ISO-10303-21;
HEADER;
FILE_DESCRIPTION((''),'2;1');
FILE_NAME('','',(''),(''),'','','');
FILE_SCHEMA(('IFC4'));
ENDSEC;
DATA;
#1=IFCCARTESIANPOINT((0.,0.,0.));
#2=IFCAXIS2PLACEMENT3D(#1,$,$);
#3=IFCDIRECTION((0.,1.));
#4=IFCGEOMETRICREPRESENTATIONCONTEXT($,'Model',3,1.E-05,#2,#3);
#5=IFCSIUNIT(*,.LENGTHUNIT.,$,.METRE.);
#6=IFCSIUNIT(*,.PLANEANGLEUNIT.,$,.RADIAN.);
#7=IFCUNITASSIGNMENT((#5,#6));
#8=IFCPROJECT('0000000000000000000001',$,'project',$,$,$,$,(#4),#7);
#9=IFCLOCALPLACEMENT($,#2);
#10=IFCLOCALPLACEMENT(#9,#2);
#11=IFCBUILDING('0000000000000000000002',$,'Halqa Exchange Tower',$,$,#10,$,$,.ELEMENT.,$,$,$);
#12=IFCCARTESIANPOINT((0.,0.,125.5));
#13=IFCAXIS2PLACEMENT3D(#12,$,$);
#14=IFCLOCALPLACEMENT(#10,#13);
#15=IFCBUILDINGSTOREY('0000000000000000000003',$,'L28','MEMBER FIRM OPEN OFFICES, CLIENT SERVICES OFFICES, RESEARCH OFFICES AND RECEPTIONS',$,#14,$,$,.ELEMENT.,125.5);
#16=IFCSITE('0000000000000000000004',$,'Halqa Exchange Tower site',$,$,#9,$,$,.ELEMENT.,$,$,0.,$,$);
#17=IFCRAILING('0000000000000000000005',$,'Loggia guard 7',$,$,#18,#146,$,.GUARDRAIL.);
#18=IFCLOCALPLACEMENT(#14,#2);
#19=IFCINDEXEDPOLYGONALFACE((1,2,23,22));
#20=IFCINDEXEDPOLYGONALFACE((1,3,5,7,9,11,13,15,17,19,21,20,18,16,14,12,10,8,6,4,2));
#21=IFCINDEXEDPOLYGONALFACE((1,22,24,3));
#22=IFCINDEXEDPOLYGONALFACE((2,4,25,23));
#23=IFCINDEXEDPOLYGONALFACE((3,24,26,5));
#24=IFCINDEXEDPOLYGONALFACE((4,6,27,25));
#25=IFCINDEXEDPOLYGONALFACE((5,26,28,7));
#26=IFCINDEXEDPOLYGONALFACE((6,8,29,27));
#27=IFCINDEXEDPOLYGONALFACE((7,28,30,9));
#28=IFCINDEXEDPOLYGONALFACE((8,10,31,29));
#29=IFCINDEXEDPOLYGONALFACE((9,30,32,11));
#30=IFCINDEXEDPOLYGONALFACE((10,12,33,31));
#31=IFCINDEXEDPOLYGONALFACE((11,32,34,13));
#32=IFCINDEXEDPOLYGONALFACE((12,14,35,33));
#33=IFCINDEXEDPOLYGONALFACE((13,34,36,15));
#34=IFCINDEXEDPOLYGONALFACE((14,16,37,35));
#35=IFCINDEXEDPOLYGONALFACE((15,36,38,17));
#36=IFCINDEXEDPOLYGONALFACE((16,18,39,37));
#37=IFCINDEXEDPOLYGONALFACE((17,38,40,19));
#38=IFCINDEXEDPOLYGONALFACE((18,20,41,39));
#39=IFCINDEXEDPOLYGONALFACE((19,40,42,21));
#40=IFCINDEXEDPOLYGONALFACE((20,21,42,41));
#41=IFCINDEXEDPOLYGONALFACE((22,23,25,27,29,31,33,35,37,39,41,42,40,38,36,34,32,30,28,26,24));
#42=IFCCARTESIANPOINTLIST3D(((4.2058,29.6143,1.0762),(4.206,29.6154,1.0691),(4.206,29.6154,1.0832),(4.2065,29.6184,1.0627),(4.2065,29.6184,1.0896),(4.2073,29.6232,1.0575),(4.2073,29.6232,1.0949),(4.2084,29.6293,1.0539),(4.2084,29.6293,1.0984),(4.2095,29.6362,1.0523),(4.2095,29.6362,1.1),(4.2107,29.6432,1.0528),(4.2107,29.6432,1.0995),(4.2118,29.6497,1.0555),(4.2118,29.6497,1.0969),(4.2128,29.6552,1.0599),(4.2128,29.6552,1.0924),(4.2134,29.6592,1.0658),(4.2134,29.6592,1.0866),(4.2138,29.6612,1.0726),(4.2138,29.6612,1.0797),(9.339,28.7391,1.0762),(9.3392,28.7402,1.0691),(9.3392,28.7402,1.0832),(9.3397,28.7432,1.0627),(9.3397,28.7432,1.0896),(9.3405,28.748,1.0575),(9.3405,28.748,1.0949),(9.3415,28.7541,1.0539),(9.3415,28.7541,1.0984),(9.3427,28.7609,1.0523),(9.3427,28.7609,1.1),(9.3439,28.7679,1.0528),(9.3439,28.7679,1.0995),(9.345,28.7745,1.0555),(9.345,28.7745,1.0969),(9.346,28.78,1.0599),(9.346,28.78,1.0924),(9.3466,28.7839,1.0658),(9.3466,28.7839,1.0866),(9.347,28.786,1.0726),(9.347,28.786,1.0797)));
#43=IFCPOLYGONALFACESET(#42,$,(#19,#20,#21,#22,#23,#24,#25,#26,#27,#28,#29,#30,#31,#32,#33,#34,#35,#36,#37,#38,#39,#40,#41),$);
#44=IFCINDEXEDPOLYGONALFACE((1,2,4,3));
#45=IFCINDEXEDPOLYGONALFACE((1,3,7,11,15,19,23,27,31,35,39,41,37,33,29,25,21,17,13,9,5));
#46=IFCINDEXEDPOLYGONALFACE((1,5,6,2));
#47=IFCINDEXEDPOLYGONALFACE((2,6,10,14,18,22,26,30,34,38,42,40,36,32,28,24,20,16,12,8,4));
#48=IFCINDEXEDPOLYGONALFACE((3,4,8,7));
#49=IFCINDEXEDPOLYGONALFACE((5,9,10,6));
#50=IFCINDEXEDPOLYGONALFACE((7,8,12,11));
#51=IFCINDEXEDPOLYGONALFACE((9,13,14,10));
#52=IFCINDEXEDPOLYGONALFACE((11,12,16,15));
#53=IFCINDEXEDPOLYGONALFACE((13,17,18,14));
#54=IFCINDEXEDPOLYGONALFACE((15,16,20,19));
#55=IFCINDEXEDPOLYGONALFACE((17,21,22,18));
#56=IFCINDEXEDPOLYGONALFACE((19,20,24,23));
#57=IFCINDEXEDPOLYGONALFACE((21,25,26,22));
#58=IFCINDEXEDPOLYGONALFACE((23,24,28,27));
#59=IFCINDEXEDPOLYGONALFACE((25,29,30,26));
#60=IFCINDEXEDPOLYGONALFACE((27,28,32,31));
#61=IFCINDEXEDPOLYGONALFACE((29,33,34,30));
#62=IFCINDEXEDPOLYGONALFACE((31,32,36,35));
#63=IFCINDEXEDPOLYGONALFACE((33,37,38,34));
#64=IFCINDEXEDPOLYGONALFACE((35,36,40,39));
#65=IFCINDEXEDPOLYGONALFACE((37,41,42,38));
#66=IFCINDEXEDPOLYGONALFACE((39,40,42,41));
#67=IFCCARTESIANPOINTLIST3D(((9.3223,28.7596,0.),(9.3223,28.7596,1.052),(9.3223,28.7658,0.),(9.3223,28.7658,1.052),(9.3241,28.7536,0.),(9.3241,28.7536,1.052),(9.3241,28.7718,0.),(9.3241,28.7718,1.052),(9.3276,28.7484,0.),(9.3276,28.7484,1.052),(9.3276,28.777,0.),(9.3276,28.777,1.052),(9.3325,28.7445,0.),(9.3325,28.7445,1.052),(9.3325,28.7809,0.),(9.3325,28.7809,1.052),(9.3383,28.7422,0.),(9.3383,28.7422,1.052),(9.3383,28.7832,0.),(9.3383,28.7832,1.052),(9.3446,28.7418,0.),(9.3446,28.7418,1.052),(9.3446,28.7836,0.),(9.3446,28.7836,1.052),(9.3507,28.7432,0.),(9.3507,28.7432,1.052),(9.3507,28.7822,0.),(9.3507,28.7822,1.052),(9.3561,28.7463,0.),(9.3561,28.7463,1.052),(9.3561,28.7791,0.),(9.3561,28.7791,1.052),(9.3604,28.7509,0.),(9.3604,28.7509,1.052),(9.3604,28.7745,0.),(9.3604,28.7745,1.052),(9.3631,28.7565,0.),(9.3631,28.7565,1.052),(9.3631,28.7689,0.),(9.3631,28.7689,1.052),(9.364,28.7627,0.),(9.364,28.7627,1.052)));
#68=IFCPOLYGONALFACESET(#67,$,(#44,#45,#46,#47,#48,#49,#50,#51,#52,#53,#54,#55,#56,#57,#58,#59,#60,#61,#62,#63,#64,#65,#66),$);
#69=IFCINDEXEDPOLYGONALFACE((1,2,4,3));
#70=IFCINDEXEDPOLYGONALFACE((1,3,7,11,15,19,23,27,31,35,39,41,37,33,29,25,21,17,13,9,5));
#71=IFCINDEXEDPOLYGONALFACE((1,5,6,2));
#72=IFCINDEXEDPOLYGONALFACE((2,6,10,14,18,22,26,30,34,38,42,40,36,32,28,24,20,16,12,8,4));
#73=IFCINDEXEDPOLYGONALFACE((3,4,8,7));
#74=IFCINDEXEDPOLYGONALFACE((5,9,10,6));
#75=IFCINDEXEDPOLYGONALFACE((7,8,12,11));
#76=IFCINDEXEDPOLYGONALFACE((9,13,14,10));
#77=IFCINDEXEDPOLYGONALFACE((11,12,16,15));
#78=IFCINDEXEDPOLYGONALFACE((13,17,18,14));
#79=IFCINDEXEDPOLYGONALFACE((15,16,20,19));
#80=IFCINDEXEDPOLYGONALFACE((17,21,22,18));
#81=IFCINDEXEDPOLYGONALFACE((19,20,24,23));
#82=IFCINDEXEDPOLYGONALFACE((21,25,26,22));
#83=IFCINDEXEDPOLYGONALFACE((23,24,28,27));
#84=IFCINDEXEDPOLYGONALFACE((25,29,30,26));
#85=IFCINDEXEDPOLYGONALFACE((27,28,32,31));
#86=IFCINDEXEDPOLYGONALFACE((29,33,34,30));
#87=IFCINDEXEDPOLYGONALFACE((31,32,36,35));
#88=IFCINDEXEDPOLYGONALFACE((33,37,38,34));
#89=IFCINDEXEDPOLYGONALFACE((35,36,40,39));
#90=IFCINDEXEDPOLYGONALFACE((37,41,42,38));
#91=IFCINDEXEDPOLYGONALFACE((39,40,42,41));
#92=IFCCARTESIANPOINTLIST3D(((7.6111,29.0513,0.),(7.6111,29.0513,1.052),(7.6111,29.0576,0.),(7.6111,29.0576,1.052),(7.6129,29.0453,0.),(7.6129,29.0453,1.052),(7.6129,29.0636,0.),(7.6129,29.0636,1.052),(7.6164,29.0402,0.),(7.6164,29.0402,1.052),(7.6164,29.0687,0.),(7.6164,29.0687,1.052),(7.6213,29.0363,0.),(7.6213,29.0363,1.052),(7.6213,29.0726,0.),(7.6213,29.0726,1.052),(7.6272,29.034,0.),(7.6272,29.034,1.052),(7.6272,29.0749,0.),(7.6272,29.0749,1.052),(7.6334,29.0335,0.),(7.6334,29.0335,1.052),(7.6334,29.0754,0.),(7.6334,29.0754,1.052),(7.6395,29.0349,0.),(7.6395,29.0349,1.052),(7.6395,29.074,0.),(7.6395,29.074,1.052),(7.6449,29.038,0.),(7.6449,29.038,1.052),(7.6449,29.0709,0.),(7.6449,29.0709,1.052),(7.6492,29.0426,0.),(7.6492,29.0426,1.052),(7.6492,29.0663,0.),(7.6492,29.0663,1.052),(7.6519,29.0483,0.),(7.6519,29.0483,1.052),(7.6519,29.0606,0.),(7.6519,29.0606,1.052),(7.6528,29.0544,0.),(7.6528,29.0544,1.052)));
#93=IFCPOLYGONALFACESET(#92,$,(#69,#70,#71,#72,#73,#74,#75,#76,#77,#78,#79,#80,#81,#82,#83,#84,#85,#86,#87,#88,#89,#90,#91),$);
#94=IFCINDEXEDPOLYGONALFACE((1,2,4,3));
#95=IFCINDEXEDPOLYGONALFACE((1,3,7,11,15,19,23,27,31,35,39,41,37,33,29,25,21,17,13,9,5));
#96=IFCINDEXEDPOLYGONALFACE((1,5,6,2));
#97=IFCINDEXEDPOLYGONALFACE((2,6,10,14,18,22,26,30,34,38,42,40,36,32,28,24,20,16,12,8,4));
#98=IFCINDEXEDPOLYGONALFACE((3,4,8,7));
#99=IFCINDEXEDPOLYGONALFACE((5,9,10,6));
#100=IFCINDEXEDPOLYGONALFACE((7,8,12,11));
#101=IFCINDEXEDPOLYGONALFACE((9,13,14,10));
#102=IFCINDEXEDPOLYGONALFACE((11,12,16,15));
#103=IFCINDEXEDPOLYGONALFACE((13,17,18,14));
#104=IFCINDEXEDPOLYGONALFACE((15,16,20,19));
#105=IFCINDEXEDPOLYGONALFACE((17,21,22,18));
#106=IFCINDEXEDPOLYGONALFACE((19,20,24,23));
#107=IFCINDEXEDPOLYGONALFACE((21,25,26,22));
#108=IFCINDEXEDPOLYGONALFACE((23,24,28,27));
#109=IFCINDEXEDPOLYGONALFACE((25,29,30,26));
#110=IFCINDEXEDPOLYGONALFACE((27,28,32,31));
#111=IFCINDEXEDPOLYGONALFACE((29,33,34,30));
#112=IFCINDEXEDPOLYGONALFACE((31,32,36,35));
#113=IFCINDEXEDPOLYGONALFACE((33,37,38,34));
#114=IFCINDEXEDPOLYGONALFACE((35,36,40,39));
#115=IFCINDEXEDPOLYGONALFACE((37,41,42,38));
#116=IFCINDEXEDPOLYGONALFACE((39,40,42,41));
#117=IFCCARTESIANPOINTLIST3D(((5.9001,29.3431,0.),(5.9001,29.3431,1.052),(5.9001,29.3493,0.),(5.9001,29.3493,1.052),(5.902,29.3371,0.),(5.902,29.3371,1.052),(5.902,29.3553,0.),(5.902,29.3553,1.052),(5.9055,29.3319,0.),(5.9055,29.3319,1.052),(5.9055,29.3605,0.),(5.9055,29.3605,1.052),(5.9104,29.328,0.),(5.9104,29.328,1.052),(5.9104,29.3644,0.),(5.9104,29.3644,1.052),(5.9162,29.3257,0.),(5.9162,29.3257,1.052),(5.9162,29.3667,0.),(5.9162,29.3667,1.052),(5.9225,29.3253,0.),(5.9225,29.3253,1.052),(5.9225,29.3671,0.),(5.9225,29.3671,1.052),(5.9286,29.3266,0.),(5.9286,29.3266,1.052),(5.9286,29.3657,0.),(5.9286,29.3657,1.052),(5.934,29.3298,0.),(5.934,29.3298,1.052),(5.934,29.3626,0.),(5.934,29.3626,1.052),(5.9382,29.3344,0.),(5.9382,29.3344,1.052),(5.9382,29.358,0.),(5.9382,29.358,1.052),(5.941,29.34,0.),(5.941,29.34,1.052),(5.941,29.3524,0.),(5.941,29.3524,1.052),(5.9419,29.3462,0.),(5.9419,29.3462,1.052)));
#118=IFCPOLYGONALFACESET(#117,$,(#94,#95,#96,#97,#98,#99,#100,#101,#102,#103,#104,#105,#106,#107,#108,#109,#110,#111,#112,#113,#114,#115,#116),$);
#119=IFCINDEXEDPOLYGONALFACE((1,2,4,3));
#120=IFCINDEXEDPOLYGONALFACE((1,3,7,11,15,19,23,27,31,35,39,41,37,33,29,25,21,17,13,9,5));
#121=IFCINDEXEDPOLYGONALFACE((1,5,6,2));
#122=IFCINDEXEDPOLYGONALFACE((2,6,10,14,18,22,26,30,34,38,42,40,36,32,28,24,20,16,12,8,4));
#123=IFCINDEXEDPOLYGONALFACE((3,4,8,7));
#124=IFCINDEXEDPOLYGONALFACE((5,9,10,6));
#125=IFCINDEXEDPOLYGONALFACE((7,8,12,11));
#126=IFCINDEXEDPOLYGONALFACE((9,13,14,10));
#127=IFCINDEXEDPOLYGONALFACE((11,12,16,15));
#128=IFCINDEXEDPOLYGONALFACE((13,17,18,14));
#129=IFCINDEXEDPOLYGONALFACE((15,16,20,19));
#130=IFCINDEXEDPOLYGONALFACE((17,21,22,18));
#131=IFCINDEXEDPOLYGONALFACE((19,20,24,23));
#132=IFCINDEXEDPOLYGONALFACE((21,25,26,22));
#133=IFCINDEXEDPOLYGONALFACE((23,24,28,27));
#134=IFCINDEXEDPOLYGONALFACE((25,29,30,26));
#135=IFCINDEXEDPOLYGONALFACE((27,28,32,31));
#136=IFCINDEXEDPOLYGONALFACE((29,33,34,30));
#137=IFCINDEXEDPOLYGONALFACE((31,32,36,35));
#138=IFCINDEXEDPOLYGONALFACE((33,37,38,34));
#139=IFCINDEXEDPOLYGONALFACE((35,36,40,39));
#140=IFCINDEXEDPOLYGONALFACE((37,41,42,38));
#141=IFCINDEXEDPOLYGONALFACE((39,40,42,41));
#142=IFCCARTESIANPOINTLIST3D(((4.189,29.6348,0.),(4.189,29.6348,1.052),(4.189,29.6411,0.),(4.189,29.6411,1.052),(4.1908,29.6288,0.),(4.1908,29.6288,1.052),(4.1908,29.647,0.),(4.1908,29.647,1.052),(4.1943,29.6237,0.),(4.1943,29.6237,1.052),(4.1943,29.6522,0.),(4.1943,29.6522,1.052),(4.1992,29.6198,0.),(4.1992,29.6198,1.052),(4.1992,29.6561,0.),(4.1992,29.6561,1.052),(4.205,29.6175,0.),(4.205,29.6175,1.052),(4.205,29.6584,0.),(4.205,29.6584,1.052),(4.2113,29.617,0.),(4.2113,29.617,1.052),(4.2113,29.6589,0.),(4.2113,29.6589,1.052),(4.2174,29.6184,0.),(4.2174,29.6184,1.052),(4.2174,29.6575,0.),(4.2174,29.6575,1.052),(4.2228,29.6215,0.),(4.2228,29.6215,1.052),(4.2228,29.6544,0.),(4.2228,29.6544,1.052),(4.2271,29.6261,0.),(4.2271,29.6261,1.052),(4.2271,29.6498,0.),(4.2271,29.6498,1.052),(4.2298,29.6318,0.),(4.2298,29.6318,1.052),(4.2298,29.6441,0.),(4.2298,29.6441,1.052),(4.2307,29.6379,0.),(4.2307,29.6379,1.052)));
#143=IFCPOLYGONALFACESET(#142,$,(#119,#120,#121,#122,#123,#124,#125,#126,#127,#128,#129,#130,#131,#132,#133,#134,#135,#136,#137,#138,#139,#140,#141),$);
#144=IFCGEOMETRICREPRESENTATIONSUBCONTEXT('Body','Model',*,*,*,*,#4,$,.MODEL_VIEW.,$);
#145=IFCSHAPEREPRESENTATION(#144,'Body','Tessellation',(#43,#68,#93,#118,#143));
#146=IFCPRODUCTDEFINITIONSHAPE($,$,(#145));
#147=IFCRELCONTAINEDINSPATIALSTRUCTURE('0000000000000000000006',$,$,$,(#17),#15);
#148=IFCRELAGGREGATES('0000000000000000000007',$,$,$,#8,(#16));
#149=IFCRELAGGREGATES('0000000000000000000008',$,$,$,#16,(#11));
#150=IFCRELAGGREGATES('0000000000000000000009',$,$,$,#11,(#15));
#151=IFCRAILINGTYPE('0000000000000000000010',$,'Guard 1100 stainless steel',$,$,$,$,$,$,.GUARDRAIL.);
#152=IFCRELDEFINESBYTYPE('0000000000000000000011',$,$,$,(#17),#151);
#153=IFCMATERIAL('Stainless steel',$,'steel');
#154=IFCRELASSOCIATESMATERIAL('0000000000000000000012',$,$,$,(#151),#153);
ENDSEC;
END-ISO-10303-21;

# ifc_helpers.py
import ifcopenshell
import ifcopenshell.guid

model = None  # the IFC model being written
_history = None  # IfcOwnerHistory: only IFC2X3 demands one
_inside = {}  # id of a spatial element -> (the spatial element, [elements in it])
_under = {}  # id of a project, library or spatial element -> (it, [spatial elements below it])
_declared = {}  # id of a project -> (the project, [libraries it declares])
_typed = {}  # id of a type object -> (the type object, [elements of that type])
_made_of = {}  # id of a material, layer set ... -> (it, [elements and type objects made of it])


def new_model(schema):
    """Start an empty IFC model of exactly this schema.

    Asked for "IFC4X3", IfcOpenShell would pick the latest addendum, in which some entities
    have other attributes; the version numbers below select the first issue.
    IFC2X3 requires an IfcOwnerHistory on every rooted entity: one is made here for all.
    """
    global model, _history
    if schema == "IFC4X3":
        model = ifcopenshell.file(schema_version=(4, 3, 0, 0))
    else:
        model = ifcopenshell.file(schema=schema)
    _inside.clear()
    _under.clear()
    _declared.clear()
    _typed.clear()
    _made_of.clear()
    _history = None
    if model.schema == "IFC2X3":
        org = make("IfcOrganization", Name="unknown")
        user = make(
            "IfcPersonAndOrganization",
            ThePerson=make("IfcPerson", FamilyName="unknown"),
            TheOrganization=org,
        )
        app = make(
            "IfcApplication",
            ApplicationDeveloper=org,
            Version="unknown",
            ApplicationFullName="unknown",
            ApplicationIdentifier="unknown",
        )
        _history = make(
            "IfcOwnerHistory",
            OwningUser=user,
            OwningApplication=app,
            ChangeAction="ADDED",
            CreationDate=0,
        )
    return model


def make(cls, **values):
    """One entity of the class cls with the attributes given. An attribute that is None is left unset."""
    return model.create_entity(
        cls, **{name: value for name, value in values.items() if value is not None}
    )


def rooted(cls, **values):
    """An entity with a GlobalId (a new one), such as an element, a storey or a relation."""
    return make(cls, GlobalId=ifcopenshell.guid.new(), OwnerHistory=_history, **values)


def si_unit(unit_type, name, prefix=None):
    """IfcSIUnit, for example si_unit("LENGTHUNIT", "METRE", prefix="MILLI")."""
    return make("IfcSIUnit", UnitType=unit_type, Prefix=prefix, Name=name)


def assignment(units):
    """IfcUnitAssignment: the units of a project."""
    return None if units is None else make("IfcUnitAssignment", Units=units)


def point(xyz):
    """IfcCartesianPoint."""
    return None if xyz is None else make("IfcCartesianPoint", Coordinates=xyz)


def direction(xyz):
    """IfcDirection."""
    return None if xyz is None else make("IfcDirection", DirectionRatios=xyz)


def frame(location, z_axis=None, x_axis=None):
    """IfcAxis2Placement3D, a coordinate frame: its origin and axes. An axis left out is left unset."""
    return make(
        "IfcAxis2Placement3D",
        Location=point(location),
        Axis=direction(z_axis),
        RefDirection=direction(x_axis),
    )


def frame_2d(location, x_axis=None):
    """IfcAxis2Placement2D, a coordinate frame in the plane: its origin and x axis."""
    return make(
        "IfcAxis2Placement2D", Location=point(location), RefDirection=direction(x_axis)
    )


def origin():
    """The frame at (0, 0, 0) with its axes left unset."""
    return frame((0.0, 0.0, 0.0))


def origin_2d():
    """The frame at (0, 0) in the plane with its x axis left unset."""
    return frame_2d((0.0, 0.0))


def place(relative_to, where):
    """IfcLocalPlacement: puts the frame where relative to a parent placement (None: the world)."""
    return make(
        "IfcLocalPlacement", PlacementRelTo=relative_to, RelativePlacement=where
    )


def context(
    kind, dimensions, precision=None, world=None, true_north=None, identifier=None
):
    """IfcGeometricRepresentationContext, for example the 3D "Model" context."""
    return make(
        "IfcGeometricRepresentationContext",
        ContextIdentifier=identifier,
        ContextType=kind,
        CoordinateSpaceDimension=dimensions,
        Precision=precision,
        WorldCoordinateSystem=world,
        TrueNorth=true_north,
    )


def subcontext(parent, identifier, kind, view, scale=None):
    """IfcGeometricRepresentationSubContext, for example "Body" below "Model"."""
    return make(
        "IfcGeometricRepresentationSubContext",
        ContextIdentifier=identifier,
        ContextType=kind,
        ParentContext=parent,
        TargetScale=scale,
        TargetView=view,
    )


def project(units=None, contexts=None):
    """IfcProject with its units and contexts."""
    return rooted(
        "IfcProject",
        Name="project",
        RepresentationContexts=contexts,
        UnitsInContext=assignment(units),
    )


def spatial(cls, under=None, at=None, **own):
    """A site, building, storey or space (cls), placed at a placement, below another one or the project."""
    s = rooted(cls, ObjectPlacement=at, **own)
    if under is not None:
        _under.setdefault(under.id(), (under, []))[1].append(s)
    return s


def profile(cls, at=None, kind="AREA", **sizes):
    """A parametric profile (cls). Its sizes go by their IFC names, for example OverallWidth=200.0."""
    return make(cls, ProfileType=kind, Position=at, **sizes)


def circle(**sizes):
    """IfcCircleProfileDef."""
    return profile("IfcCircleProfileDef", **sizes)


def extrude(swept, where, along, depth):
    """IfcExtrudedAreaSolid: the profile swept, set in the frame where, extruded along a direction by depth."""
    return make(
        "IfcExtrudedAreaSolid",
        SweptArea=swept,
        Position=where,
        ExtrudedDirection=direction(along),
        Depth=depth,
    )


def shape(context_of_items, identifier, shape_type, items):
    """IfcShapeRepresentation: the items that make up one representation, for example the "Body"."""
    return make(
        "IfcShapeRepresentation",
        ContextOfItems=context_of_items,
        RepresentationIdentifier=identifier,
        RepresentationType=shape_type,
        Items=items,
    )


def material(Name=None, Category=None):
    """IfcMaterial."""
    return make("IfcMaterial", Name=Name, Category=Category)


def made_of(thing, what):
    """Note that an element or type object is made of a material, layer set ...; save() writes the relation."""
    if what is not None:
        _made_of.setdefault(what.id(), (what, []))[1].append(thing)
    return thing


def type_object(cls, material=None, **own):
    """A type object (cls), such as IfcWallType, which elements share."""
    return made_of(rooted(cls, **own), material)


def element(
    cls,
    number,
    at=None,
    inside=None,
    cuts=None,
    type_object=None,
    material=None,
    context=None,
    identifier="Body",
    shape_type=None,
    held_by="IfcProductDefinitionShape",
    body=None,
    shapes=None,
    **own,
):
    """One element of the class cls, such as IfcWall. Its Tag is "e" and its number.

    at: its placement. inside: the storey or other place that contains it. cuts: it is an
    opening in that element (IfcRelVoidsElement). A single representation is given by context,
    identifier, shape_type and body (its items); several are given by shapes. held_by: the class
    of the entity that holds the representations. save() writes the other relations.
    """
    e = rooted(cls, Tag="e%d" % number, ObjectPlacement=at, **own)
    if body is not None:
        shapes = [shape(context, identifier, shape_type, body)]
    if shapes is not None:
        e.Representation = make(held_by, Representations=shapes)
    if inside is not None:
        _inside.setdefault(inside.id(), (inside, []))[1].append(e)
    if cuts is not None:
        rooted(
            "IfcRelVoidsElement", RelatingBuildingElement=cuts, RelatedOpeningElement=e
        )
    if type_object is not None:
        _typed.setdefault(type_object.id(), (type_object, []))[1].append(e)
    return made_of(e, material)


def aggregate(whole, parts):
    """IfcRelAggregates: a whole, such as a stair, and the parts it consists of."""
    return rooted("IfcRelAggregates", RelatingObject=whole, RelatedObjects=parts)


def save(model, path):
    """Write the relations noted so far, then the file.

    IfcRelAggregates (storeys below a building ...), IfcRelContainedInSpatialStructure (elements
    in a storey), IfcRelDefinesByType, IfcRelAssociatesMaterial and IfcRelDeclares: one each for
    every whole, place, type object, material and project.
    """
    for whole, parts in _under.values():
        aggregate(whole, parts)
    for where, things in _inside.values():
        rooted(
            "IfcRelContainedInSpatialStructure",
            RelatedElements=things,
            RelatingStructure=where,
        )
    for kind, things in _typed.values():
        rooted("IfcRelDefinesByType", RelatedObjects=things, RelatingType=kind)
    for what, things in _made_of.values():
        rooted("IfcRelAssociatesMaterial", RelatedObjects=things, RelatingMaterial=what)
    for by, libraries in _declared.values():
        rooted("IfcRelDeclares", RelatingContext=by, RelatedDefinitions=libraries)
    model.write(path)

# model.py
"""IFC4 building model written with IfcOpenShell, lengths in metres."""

from ifc_helpers import new_model, si_unit, direction, frame, origin, origin_2d, place, context, subcontext, project, spatial, circle, extrude, material, type_object, element, save


model = new_model("IFC4")

# Units and contexts
model_context = context("Model", 3, precision=1e-05, world=origin(), true_north=direction((0.0, 1.0)))
body_context = subcontext(model_context, "Body", "Model", "MODEL_VIEW")
ifc_project = project(units=[si_unit("LENGTHUNIT", "METRE"), si_unit("PLANEANGLEUNIT", "RADIAN")], contexts=[model_context])

# Site, building, storey
site_placement = place(None, origin())
site = spatial("IfcSite", under=ifc_project, at=site_placement, Name="Halqa Exchange Tower site", CompositionType="ELEMENT", RefElevation=0.0)
building_placement = place(site_placement, origin())
building = spatial("IfcBuilding", under=site, at=building_placement, Name="Halqa Exchange Tower", CompositionType="ELEMENT")
storey_placement = place(building_placement, frame((0.0, 0.0, 125.5)))
storey = spatial("IfcBuildingStorey", under=building, at=storey_placement, Name="L28", Description="MEMBER FIRM OPEN OFFICES, CLIENT SERVICES OFFICES, RESEARCH OFFICES AND RECEPTIONS", CompositionType="ELEMENT", Elevation=125.5)

# Railing
ifc_material_1 = material(Name="Stainless steel", Category="steel")
railing_type_1 = type_object("IfcRailingType", Name="Guard 1100 stainless steel", PredefinedType="GUARDRAIL", material=ifc_material_1)
railing_1_placement = place(storey_placement, frame((9.343, 28.7627, 0.0)))
element("IfcRailing", 1, at=railing_1_placement, inside=storey, type_object=railing_type_1, Name="Loggia guard 7", PredefinedType="GUARDRAIL", context=body_context, shape_type="SweptSolid", body=[
    extrude(circle(Radius=0.0239, at=origin_2d()), frame((0.0, 0.0, 1.0762), z_axis=(-0.985774, 0.168078, 0.0), x_axis=(-0.168078, -0.985774, 0.0)), (0.0, 0.0, 1.0), 5.2073),
    extrude(circle(Radius=0.021, at=origin_2d()), origin(), (0.0, 0.0, 1.0), 1.052),
    extrude(circle(Radius=0.021, at=origin_2d()), frame((-1.7112, 0.2917, 0.0)), (0.0, 0.0, 1.0), 1.052),
    extrude(circle(Radius=0.021, at=origin_2d()), frame((-3.4221, 0.5835, 0.0)), (0.0, 0.0, 1.0), 1.052),
    extrude(circle(Radius=0.021, at=origin_2d()), frame((-5.1333, 0.8752, 0.0)), (0.0, 0.0, 1.0), 1.052),
])

save(model, "model.ifc")
